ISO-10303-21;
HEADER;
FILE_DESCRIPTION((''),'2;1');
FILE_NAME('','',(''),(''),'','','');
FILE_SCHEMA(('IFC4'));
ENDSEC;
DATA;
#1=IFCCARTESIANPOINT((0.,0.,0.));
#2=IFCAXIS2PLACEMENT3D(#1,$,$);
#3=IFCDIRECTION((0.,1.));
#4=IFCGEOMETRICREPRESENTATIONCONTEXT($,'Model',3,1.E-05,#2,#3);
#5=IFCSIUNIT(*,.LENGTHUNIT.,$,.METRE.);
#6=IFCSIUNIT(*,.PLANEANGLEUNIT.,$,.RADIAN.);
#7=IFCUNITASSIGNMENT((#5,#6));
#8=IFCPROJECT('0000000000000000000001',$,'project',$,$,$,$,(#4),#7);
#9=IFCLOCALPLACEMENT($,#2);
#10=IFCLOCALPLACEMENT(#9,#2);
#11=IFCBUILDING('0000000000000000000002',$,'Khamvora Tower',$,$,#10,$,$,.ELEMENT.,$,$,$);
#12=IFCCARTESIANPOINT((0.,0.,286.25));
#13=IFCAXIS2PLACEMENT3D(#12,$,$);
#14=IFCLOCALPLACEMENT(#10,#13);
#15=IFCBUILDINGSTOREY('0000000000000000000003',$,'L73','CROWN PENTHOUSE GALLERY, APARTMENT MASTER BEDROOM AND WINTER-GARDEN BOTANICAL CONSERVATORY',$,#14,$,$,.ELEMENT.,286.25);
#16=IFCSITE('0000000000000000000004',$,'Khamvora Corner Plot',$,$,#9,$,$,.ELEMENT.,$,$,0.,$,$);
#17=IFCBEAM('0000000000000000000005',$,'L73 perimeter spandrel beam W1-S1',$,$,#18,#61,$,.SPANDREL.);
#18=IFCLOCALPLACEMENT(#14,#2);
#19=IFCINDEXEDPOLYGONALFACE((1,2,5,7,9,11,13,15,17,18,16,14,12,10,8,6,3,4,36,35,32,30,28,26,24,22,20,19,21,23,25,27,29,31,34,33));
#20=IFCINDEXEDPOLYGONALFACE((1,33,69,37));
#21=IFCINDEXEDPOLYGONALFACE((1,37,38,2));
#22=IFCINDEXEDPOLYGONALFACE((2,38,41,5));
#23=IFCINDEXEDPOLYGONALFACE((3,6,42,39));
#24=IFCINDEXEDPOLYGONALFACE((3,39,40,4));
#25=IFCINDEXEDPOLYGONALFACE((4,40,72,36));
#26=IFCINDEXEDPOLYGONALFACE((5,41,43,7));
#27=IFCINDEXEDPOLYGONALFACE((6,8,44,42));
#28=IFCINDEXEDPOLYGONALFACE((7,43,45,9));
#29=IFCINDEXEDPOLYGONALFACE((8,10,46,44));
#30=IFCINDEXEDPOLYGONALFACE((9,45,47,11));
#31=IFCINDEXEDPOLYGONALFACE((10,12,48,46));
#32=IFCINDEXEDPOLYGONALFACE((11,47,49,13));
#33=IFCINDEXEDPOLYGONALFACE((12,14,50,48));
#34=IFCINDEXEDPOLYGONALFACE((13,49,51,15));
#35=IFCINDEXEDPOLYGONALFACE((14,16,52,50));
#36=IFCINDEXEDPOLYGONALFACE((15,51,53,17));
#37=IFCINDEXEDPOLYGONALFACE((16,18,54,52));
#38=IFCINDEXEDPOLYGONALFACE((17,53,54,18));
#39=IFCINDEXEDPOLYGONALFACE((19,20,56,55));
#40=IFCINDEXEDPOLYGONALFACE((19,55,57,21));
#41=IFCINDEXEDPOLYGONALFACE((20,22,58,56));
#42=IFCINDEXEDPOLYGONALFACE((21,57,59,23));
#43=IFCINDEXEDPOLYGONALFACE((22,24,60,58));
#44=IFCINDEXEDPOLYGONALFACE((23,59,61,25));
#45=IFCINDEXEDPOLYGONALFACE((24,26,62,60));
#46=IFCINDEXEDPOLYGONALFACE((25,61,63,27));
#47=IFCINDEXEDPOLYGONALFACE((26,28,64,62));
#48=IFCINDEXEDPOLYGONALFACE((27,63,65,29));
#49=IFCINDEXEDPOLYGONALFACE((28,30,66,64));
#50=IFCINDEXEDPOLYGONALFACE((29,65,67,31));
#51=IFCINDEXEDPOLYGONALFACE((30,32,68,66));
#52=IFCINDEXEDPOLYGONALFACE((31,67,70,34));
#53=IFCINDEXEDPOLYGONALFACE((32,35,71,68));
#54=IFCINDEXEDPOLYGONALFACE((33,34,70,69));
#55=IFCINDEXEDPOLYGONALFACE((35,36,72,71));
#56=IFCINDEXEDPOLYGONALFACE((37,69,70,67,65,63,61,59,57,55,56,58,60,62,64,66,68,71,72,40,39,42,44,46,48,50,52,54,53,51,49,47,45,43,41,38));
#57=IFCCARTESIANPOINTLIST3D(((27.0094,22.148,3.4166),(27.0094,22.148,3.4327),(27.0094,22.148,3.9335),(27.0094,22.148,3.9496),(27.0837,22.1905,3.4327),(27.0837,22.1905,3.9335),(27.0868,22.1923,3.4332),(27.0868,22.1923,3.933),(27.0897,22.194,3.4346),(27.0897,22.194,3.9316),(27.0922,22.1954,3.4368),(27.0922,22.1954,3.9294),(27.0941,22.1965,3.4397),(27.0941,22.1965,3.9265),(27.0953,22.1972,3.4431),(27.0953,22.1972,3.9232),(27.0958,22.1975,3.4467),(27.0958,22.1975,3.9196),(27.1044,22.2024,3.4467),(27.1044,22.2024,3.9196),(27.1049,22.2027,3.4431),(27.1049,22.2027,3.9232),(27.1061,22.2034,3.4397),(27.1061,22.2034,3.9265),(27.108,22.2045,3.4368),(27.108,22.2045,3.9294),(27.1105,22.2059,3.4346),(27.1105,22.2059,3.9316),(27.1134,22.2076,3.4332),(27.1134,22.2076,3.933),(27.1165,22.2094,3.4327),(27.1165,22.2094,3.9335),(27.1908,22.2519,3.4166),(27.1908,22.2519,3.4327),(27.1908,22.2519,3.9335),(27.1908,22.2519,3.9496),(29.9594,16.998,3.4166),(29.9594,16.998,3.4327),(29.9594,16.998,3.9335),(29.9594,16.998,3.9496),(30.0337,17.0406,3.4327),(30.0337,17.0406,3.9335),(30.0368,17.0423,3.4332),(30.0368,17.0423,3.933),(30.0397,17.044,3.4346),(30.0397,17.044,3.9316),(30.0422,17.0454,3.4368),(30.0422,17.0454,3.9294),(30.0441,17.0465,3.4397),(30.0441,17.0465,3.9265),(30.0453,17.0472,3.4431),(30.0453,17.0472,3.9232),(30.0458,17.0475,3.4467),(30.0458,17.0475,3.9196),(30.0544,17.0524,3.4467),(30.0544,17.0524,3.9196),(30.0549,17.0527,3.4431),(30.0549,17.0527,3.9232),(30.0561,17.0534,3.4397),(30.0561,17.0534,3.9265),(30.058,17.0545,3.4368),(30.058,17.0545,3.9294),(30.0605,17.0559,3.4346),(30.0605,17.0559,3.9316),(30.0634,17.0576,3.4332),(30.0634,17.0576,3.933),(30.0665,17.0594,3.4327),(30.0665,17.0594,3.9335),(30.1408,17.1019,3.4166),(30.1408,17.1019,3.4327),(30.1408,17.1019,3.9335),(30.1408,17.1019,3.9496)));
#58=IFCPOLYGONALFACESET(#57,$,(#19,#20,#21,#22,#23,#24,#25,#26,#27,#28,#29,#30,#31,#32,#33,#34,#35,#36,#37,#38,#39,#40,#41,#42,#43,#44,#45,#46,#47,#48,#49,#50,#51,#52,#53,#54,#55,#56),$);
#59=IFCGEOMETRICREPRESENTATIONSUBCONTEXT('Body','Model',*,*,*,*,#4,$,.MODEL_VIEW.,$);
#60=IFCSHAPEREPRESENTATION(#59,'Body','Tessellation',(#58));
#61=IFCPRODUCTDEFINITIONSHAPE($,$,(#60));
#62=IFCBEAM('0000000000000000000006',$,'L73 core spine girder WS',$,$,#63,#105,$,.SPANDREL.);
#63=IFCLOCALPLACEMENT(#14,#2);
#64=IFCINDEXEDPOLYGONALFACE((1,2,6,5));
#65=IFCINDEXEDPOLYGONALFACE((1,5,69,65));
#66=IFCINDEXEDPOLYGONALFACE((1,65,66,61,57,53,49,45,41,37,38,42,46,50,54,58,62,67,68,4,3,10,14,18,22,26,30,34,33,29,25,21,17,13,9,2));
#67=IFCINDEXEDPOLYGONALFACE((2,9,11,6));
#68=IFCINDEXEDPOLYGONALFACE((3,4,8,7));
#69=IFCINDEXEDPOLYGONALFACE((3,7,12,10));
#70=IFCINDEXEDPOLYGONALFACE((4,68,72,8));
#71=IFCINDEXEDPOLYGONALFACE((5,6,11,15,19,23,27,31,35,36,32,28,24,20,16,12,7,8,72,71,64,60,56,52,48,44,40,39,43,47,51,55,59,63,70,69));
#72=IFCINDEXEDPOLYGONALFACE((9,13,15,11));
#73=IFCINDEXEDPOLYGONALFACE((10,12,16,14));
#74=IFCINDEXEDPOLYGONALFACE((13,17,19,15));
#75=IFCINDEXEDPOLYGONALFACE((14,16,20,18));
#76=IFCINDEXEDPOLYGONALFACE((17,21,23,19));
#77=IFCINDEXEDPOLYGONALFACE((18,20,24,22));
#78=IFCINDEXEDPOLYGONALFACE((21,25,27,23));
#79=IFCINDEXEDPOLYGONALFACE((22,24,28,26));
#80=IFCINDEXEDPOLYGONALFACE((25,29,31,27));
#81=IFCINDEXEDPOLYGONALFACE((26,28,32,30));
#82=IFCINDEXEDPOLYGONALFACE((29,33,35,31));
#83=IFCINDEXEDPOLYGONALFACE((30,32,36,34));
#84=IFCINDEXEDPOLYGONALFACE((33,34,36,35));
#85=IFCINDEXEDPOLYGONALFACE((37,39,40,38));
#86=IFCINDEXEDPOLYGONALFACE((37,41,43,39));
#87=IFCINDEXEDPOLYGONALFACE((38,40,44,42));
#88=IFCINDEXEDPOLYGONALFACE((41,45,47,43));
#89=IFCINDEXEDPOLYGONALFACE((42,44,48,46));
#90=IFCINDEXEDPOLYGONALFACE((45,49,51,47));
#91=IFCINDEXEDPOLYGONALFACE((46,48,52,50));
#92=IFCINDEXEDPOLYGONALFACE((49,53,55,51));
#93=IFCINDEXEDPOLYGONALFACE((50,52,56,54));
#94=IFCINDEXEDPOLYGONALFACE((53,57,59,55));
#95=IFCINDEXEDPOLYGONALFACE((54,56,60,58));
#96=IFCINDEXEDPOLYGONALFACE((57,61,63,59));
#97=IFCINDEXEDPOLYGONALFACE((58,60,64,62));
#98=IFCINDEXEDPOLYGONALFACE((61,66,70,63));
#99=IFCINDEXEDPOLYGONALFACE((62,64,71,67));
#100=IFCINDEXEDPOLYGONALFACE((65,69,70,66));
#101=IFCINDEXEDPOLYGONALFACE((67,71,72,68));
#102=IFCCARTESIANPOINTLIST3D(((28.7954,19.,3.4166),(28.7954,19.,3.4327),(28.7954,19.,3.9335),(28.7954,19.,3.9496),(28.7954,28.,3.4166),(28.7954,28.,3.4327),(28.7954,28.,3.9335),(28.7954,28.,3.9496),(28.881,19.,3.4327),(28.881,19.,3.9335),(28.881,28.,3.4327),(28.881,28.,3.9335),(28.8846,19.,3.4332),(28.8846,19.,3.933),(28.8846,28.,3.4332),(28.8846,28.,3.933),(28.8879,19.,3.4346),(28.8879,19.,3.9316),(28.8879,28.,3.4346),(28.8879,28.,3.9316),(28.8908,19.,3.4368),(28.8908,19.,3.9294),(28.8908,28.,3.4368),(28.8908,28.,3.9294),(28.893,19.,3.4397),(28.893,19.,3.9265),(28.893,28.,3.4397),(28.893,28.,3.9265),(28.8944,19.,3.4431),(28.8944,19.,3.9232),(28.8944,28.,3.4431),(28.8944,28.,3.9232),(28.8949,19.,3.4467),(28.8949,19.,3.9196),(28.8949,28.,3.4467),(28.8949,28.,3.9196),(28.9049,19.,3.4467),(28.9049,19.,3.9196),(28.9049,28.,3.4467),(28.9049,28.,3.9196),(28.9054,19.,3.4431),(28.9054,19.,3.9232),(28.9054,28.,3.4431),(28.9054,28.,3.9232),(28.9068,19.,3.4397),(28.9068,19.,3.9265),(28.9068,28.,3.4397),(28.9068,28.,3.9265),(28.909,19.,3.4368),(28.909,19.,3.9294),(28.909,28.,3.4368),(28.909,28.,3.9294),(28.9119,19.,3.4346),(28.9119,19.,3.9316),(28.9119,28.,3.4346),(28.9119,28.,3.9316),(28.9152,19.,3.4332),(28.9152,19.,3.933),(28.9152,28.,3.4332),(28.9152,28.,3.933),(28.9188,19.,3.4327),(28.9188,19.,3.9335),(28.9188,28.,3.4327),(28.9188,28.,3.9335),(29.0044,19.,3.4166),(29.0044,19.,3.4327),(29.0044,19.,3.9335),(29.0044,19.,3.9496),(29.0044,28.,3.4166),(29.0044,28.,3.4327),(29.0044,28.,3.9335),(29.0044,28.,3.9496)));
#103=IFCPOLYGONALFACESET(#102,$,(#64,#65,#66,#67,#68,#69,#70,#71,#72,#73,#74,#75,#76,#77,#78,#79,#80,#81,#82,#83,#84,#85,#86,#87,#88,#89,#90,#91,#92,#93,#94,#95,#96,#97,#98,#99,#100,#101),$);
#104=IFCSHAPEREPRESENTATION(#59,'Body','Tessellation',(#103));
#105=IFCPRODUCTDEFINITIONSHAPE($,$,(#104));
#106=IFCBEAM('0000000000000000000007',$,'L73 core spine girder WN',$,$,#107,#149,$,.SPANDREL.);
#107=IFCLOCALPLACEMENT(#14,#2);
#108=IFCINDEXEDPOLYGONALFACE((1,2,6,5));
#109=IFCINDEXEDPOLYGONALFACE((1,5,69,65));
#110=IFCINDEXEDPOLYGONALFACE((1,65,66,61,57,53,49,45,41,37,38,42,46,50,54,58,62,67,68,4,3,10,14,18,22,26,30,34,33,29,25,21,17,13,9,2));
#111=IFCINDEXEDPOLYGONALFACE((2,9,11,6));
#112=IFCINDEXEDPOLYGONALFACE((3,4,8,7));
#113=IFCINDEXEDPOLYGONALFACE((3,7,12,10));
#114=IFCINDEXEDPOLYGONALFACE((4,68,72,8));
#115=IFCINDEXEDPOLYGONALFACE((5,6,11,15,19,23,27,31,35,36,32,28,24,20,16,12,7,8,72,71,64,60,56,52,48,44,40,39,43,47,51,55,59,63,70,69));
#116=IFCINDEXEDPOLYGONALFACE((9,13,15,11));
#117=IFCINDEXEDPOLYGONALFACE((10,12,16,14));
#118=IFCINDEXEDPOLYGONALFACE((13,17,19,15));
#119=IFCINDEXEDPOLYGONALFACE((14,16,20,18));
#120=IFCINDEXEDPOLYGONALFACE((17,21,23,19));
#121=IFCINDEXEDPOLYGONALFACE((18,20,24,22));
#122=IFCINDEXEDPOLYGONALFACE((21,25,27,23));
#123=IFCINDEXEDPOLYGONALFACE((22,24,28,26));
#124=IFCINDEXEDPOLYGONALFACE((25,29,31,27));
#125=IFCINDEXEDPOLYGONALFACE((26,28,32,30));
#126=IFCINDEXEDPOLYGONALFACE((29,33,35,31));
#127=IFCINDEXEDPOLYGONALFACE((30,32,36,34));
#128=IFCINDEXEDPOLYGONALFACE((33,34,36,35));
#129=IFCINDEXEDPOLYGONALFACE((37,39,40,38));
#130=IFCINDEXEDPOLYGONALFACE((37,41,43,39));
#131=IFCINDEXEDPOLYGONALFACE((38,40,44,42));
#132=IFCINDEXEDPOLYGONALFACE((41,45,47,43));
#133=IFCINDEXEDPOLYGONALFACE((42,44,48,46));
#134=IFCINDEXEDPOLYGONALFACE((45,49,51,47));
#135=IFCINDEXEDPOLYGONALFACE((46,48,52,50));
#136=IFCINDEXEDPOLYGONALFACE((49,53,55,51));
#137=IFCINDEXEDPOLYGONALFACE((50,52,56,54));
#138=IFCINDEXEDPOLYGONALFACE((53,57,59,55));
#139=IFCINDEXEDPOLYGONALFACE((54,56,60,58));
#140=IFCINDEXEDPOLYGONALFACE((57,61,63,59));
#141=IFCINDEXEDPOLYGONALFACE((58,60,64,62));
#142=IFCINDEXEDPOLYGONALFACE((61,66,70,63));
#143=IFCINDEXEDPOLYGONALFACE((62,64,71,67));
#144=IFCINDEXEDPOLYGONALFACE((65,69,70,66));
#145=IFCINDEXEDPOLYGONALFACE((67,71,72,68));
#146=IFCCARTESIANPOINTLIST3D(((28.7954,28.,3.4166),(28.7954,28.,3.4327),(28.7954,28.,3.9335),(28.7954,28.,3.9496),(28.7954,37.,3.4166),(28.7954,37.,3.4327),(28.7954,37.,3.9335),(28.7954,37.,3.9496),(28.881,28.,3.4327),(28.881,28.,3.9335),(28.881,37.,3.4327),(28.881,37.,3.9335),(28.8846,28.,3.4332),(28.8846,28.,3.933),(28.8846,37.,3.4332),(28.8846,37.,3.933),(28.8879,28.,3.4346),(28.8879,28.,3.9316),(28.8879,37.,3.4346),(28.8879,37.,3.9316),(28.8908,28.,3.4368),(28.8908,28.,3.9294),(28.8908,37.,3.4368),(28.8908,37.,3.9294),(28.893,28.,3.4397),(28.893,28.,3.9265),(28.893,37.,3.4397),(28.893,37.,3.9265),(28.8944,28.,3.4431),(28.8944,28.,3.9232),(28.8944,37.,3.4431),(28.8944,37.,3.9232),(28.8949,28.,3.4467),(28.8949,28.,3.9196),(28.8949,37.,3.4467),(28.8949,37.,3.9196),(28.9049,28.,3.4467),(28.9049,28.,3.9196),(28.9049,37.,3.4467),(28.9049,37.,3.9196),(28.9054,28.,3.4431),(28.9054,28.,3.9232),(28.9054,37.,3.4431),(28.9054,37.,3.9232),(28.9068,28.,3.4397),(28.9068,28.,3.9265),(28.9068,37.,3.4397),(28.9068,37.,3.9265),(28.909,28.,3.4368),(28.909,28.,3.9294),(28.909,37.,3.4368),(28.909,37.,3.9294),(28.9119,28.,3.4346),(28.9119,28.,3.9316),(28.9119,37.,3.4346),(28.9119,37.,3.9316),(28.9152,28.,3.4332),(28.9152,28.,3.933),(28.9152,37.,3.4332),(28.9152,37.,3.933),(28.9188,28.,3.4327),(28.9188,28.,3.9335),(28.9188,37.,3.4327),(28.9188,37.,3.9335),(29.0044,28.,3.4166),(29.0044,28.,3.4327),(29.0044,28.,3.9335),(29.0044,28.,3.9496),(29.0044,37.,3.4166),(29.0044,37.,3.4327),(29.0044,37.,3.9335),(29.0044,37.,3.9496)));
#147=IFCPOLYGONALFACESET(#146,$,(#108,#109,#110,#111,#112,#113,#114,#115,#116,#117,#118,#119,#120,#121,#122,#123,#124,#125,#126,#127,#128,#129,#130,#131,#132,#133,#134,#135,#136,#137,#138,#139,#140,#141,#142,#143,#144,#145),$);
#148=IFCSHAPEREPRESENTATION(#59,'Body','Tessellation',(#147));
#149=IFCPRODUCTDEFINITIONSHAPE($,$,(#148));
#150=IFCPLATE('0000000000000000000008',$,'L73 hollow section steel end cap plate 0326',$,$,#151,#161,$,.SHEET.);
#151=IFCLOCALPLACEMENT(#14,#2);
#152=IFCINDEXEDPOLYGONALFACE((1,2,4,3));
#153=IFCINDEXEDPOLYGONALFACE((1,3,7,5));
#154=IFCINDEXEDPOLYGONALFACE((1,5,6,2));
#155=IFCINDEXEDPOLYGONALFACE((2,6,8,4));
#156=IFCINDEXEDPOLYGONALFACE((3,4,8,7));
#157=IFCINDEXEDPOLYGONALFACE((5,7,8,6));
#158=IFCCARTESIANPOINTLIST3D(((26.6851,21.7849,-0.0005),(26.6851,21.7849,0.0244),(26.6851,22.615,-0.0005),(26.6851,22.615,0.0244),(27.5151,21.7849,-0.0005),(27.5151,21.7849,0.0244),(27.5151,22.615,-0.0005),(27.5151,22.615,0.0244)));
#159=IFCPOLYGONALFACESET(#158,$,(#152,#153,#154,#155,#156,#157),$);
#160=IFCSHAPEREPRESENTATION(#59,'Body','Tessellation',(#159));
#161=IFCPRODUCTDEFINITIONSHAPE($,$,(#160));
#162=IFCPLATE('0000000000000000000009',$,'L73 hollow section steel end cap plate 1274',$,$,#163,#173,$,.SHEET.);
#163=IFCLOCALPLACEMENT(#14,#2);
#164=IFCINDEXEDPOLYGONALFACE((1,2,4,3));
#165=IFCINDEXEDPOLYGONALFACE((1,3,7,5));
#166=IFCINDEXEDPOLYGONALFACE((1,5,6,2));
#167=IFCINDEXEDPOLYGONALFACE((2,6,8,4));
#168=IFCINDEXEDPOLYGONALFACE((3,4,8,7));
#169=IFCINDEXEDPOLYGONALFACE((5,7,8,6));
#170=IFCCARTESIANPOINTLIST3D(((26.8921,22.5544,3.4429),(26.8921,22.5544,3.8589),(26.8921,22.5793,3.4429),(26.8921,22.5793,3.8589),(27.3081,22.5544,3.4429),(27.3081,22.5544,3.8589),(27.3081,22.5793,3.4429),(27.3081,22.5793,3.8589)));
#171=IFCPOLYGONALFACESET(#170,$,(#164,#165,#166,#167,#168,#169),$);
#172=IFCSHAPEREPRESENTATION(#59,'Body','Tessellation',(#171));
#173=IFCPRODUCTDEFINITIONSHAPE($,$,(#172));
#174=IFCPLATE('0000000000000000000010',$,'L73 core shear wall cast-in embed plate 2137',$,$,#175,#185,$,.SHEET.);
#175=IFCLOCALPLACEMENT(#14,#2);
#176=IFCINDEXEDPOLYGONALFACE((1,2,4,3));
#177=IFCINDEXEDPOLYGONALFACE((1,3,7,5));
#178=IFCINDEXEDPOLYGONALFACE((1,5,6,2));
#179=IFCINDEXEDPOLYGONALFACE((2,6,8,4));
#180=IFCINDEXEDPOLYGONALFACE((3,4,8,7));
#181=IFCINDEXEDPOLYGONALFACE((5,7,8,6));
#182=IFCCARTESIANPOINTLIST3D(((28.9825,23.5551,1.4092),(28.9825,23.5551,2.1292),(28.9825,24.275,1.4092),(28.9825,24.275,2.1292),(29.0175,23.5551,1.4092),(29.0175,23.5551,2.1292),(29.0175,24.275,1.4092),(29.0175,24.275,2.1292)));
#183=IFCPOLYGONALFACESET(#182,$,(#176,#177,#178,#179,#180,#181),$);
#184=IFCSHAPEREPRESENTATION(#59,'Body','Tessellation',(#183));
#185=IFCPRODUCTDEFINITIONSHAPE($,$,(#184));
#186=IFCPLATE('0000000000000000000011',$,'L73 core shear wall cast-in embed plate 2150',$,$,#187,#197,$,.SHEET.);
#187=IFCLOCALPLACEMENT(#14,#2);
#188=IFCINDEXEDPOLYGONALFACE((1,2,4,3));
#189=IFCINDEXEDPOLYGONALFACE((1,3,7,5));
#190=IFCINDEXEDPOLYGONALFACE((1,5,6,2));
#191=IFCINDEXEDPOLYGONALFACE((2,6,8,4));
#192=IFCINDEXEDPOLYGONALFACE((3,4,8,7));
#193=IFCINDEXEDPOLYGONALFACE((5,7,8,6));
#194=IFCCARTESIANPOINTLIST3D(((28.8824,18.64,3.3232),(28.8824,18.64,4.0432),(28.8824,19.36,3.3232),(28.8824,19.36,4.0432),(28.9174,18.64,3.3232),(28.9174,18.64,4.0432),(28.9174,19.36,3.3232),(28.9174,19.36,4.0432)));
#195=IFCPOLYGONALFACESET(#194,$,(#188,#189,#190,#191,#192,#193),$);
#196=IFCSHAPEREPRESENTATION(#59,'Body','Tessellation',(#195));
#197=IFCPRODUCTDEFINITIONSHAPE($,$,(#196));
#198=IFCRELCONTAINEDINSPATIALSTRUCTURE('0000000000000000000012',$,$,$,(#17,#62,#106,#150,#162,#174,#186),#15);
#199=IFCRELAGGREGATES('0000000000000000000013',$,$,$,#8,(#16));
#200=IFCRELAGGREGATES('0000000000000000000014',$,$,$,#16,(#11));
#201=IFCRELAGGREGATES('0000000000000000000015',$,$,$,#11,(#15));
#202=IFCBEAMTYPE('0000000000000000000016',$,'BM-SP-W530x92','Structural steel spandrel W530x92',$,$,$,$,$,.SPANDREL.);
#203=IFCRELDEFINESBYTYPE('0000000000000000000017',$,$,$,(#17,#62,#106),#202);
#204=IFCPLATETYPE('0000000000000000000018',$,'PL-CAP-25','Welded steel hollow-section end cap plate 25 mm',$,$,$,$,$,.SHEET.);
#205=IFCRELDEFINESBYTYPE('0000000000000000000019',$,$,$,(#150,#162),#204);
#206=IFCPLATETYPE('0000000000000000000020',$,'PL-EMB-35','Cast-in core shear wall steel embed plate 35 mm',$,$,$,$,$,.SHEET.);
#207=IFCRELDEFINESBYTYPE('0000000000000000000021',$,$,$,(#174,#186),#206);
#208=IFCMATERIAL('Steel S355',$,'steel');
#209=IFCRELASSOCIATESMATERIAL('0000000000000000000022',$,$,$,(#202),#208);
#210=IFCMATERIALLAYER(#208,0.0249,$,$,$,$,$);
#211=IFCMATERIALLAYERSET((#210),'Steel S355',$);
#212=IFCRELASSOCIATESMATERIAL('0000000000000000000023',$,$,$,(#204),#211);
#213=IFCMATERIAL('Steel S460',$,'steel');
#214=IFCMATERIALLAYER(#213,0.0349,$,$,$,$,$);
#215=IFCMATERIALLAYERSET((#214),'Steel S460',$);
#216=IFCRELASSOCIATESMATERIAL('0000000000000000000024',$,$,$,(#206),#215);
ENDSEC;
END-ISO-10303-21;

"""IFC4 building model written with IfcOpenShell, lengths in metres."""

from ifc_helpers import new_model, si_unit, direction, frame, origin, origin_2d, place, context, subcontext, project, spatial, rectangle, i_section, extrude, material, layer, layer_set, material_profile, profile_set, type_object, element, save


model = new_model("IFC4")

# Units and contexts
model_context = context("Model", 3, precision=1e-05, world=origin(), true_north=direction((0.0, 1.0)))
body_context = subcontext(model_context, "Body", "Model", "MODEL_VIEW")
ifc_project = project(units=[si_unit("LENGTHUNIT", "METRE"), si_unit("PLANEANGLEUNIT", "RADIAN")], contexts=[model_context])

# Site, building, storey
site_placement = place(None, origin())
site = spatial("IfcSite", under=ifc_project, at=site_placement, Name="Khamvora Corner Plot", CompositionType="ELEMENT", RefElevation=0.0)
building_placement = place(site_placement, origin())
building = spatial("IfcBuilding", under=site, at=building_placement, Name="Khamvora Tower", CompositionType="ELEMENT")
storey_placement = place(building_placement, frame((0.0, 0.0, 286.25)))
storey = spatial("IfcBuildingStorey", under=building, at=storey_placement, Name="L73", Description="CROWN PENTHOUSE GALLERY, APARTMENT MASTER BEDROOM AND WINTER-GARDEN BOTANICAL CONSERVATORY", CompositionType="ELEMENT", Elevation=286.25)

# Shared definitions
ifc_material_1 = material(Name="Steel S355", Category="steel")

# Beams
ifc_material_profile_1 = material_profile(ifc_material_1, i_section(OverallWidth=0.209, OverallDepth=0.533, WebThickness=0.01, FlangeThickness=0.0161, FilletRadius=0.0139, at=origin_2d()), Name="W530x92")
ifc_profile_set_1 = profile_set([ifc_material_profile_1], Name="Steel S355")
beam_type_1 = type_object("IfcBeamType", Name="BM-SP-W530x92", Description="Structural steel spandrel W530x92", PredefinedType="SPANDREL", material=ifc_profile_set_1)
beam_1_placement = place(storey_placement, frame((27.1001, 22.2, 3.6831), z_axis=(0.497047, -0.867724, 0.0), x_axis=(0.867724, 0.497047, 0.0)))
element("IfcBeam", 1, at=beam_1_placement, inside=storey, type_object=beam_type_1, Name="L73 perimeter spandrel beam W1-S1", PredefinedType="SPANDREL", context=body_context, shape_type="SweptSolid", body=[
    extrude(i_section(OverallWidth=0.209, OverallDepth=0.533, WebThickness=0.01, FlangeThickness=0.0161, FilletRadius=0.0139, at=origin_2d()), origin(), (0.0, 0.0, 1.0), 5.9351),
])
for number, where, z_axis, x_axis, name in (
    (2, (28.8999, 19.0, 3.6831), (0.0, 1.0, 0.0), (-1.0, 0.0, 0.0), "L73 core spine girder WS"),
    (3, (28.8999, 28.0, 3.6831), (0.0, 1.0, 0.0), (-1.0, 0.0, 0.0), "L73 core spine girder WN"),
):
    element("IfcBeam", number, at=place(storey_placement, frame(where, z_axis=z_axis, x_axis=x_axis)), inside=storey, type_object=beam_type_1, Name=name, PredefinedType="SPANDREL", context=body_context, shape_type="SweptSolid", body=[
        extrude(i_section(OverallWidth=0.209, OverallDepth=0.533, WebThickness=0.01, FlangeThickness=0.0161, FilletRadius=0.0139, at=origin_2d()), origin(), (0.0, 0.0, 1.0), 9.0),
    ])

# Plates
ifc_layer_1 = layer(ifc_material_1, 0.0249)
ifc_layer_set_1 = layer_set([ifc_layer_1], Name="Steel S355")
plate_type_1 = type_object("IfcPlateType", Name="PL-CAP-25", Description="Welded steel hollow-section end cap plate 25 mm", PredefinedType="SHEET", material=ifc_layer_set_1)
plate_1_placement = place(storey_placement, frame((27.1001, 22.2, -0.0005), z_axis=(0.0, 0.0, 1.0), x_axis=(1.0, 0.0, 0.0)))
element("IfcPlate", 4, at=plate_1_placement, inside=storey, type_object=plate_type_1, Name="L73 hollow section steel end cap plate 0326", PredefinedType="SHEET", context=body_context, shape_type="SweptSolid", body=[
    extrude(rectangle(XDim=0.8301, YDim=0.8301, at=origin_2d()), origin(), (0.0, 0.0, 1.0), 0.0249),
])
plate_2_placement = place(storey_placement, frame((27.1001, 22.5669, 3.4429), z_axis=(0.0, 0.0, 1.0), x_axis=(0.0, -1.0, 0.0)))
element("IfcPlate", 5, at=plate_2_placement, inside=storey, type_object=plate_type_1, Name="L73 hollow section steel end cap plate 1274", PredefinedType="SHEET", context=body_context, shape_type="SweptSolid", body=[
    extrude(rectangle(XDim=0.0249, YDim=0.416, at=origin_2d()), origin(), (0.0, 0.0, 1.0), 0.416),
])
ifc_material_2 = material(Name="Steel S460", Category="steel")
ifc_layer_2 = layer(ifc_material_2, 0.0349)
ifc_layer_set_2 = layer_set([ifc_layer_2], Name="Steel S460")
plate_type_2 = type_object("IfcPlateType", Name="PL-EMB-35", Description="Cast-in core shear wall steel embed plate 35 mm", PredefinedType="SHEET", material=ifc_layer_set_2)
for number, where, z_axis, x_axis, name in (
    (6, (29.0, 23.915, 1.4092), (0.0, 0.0, 1.0), (1.0, 0.0, 0.0), "L73 core shear wall cast-in embed plate 2137"),
    (7, (28.8999, 19.0, 3.3232), (0.0, 0.0, 1.0), (1.0, 0.0, 0.0), "L73 core shear wall cast-in embed plate 2150"),
):
    element("IfcPlate", number, at=place(storey_placement, frame(where, z_axis=z_axis, x_axis=x_axis)), inside=storey, type_object=plate_type_2, Name=name, PredefinedType="SHEET", context=body_context, shape_type="SweptSolid", body=[
        extrude(rectangle(XDim=0.0349, YDim=0.72, at=origin_2d()), origin(), (0.0, 0.0, 1.0), 0.72),
    ])

save(model, "model.ifc")
